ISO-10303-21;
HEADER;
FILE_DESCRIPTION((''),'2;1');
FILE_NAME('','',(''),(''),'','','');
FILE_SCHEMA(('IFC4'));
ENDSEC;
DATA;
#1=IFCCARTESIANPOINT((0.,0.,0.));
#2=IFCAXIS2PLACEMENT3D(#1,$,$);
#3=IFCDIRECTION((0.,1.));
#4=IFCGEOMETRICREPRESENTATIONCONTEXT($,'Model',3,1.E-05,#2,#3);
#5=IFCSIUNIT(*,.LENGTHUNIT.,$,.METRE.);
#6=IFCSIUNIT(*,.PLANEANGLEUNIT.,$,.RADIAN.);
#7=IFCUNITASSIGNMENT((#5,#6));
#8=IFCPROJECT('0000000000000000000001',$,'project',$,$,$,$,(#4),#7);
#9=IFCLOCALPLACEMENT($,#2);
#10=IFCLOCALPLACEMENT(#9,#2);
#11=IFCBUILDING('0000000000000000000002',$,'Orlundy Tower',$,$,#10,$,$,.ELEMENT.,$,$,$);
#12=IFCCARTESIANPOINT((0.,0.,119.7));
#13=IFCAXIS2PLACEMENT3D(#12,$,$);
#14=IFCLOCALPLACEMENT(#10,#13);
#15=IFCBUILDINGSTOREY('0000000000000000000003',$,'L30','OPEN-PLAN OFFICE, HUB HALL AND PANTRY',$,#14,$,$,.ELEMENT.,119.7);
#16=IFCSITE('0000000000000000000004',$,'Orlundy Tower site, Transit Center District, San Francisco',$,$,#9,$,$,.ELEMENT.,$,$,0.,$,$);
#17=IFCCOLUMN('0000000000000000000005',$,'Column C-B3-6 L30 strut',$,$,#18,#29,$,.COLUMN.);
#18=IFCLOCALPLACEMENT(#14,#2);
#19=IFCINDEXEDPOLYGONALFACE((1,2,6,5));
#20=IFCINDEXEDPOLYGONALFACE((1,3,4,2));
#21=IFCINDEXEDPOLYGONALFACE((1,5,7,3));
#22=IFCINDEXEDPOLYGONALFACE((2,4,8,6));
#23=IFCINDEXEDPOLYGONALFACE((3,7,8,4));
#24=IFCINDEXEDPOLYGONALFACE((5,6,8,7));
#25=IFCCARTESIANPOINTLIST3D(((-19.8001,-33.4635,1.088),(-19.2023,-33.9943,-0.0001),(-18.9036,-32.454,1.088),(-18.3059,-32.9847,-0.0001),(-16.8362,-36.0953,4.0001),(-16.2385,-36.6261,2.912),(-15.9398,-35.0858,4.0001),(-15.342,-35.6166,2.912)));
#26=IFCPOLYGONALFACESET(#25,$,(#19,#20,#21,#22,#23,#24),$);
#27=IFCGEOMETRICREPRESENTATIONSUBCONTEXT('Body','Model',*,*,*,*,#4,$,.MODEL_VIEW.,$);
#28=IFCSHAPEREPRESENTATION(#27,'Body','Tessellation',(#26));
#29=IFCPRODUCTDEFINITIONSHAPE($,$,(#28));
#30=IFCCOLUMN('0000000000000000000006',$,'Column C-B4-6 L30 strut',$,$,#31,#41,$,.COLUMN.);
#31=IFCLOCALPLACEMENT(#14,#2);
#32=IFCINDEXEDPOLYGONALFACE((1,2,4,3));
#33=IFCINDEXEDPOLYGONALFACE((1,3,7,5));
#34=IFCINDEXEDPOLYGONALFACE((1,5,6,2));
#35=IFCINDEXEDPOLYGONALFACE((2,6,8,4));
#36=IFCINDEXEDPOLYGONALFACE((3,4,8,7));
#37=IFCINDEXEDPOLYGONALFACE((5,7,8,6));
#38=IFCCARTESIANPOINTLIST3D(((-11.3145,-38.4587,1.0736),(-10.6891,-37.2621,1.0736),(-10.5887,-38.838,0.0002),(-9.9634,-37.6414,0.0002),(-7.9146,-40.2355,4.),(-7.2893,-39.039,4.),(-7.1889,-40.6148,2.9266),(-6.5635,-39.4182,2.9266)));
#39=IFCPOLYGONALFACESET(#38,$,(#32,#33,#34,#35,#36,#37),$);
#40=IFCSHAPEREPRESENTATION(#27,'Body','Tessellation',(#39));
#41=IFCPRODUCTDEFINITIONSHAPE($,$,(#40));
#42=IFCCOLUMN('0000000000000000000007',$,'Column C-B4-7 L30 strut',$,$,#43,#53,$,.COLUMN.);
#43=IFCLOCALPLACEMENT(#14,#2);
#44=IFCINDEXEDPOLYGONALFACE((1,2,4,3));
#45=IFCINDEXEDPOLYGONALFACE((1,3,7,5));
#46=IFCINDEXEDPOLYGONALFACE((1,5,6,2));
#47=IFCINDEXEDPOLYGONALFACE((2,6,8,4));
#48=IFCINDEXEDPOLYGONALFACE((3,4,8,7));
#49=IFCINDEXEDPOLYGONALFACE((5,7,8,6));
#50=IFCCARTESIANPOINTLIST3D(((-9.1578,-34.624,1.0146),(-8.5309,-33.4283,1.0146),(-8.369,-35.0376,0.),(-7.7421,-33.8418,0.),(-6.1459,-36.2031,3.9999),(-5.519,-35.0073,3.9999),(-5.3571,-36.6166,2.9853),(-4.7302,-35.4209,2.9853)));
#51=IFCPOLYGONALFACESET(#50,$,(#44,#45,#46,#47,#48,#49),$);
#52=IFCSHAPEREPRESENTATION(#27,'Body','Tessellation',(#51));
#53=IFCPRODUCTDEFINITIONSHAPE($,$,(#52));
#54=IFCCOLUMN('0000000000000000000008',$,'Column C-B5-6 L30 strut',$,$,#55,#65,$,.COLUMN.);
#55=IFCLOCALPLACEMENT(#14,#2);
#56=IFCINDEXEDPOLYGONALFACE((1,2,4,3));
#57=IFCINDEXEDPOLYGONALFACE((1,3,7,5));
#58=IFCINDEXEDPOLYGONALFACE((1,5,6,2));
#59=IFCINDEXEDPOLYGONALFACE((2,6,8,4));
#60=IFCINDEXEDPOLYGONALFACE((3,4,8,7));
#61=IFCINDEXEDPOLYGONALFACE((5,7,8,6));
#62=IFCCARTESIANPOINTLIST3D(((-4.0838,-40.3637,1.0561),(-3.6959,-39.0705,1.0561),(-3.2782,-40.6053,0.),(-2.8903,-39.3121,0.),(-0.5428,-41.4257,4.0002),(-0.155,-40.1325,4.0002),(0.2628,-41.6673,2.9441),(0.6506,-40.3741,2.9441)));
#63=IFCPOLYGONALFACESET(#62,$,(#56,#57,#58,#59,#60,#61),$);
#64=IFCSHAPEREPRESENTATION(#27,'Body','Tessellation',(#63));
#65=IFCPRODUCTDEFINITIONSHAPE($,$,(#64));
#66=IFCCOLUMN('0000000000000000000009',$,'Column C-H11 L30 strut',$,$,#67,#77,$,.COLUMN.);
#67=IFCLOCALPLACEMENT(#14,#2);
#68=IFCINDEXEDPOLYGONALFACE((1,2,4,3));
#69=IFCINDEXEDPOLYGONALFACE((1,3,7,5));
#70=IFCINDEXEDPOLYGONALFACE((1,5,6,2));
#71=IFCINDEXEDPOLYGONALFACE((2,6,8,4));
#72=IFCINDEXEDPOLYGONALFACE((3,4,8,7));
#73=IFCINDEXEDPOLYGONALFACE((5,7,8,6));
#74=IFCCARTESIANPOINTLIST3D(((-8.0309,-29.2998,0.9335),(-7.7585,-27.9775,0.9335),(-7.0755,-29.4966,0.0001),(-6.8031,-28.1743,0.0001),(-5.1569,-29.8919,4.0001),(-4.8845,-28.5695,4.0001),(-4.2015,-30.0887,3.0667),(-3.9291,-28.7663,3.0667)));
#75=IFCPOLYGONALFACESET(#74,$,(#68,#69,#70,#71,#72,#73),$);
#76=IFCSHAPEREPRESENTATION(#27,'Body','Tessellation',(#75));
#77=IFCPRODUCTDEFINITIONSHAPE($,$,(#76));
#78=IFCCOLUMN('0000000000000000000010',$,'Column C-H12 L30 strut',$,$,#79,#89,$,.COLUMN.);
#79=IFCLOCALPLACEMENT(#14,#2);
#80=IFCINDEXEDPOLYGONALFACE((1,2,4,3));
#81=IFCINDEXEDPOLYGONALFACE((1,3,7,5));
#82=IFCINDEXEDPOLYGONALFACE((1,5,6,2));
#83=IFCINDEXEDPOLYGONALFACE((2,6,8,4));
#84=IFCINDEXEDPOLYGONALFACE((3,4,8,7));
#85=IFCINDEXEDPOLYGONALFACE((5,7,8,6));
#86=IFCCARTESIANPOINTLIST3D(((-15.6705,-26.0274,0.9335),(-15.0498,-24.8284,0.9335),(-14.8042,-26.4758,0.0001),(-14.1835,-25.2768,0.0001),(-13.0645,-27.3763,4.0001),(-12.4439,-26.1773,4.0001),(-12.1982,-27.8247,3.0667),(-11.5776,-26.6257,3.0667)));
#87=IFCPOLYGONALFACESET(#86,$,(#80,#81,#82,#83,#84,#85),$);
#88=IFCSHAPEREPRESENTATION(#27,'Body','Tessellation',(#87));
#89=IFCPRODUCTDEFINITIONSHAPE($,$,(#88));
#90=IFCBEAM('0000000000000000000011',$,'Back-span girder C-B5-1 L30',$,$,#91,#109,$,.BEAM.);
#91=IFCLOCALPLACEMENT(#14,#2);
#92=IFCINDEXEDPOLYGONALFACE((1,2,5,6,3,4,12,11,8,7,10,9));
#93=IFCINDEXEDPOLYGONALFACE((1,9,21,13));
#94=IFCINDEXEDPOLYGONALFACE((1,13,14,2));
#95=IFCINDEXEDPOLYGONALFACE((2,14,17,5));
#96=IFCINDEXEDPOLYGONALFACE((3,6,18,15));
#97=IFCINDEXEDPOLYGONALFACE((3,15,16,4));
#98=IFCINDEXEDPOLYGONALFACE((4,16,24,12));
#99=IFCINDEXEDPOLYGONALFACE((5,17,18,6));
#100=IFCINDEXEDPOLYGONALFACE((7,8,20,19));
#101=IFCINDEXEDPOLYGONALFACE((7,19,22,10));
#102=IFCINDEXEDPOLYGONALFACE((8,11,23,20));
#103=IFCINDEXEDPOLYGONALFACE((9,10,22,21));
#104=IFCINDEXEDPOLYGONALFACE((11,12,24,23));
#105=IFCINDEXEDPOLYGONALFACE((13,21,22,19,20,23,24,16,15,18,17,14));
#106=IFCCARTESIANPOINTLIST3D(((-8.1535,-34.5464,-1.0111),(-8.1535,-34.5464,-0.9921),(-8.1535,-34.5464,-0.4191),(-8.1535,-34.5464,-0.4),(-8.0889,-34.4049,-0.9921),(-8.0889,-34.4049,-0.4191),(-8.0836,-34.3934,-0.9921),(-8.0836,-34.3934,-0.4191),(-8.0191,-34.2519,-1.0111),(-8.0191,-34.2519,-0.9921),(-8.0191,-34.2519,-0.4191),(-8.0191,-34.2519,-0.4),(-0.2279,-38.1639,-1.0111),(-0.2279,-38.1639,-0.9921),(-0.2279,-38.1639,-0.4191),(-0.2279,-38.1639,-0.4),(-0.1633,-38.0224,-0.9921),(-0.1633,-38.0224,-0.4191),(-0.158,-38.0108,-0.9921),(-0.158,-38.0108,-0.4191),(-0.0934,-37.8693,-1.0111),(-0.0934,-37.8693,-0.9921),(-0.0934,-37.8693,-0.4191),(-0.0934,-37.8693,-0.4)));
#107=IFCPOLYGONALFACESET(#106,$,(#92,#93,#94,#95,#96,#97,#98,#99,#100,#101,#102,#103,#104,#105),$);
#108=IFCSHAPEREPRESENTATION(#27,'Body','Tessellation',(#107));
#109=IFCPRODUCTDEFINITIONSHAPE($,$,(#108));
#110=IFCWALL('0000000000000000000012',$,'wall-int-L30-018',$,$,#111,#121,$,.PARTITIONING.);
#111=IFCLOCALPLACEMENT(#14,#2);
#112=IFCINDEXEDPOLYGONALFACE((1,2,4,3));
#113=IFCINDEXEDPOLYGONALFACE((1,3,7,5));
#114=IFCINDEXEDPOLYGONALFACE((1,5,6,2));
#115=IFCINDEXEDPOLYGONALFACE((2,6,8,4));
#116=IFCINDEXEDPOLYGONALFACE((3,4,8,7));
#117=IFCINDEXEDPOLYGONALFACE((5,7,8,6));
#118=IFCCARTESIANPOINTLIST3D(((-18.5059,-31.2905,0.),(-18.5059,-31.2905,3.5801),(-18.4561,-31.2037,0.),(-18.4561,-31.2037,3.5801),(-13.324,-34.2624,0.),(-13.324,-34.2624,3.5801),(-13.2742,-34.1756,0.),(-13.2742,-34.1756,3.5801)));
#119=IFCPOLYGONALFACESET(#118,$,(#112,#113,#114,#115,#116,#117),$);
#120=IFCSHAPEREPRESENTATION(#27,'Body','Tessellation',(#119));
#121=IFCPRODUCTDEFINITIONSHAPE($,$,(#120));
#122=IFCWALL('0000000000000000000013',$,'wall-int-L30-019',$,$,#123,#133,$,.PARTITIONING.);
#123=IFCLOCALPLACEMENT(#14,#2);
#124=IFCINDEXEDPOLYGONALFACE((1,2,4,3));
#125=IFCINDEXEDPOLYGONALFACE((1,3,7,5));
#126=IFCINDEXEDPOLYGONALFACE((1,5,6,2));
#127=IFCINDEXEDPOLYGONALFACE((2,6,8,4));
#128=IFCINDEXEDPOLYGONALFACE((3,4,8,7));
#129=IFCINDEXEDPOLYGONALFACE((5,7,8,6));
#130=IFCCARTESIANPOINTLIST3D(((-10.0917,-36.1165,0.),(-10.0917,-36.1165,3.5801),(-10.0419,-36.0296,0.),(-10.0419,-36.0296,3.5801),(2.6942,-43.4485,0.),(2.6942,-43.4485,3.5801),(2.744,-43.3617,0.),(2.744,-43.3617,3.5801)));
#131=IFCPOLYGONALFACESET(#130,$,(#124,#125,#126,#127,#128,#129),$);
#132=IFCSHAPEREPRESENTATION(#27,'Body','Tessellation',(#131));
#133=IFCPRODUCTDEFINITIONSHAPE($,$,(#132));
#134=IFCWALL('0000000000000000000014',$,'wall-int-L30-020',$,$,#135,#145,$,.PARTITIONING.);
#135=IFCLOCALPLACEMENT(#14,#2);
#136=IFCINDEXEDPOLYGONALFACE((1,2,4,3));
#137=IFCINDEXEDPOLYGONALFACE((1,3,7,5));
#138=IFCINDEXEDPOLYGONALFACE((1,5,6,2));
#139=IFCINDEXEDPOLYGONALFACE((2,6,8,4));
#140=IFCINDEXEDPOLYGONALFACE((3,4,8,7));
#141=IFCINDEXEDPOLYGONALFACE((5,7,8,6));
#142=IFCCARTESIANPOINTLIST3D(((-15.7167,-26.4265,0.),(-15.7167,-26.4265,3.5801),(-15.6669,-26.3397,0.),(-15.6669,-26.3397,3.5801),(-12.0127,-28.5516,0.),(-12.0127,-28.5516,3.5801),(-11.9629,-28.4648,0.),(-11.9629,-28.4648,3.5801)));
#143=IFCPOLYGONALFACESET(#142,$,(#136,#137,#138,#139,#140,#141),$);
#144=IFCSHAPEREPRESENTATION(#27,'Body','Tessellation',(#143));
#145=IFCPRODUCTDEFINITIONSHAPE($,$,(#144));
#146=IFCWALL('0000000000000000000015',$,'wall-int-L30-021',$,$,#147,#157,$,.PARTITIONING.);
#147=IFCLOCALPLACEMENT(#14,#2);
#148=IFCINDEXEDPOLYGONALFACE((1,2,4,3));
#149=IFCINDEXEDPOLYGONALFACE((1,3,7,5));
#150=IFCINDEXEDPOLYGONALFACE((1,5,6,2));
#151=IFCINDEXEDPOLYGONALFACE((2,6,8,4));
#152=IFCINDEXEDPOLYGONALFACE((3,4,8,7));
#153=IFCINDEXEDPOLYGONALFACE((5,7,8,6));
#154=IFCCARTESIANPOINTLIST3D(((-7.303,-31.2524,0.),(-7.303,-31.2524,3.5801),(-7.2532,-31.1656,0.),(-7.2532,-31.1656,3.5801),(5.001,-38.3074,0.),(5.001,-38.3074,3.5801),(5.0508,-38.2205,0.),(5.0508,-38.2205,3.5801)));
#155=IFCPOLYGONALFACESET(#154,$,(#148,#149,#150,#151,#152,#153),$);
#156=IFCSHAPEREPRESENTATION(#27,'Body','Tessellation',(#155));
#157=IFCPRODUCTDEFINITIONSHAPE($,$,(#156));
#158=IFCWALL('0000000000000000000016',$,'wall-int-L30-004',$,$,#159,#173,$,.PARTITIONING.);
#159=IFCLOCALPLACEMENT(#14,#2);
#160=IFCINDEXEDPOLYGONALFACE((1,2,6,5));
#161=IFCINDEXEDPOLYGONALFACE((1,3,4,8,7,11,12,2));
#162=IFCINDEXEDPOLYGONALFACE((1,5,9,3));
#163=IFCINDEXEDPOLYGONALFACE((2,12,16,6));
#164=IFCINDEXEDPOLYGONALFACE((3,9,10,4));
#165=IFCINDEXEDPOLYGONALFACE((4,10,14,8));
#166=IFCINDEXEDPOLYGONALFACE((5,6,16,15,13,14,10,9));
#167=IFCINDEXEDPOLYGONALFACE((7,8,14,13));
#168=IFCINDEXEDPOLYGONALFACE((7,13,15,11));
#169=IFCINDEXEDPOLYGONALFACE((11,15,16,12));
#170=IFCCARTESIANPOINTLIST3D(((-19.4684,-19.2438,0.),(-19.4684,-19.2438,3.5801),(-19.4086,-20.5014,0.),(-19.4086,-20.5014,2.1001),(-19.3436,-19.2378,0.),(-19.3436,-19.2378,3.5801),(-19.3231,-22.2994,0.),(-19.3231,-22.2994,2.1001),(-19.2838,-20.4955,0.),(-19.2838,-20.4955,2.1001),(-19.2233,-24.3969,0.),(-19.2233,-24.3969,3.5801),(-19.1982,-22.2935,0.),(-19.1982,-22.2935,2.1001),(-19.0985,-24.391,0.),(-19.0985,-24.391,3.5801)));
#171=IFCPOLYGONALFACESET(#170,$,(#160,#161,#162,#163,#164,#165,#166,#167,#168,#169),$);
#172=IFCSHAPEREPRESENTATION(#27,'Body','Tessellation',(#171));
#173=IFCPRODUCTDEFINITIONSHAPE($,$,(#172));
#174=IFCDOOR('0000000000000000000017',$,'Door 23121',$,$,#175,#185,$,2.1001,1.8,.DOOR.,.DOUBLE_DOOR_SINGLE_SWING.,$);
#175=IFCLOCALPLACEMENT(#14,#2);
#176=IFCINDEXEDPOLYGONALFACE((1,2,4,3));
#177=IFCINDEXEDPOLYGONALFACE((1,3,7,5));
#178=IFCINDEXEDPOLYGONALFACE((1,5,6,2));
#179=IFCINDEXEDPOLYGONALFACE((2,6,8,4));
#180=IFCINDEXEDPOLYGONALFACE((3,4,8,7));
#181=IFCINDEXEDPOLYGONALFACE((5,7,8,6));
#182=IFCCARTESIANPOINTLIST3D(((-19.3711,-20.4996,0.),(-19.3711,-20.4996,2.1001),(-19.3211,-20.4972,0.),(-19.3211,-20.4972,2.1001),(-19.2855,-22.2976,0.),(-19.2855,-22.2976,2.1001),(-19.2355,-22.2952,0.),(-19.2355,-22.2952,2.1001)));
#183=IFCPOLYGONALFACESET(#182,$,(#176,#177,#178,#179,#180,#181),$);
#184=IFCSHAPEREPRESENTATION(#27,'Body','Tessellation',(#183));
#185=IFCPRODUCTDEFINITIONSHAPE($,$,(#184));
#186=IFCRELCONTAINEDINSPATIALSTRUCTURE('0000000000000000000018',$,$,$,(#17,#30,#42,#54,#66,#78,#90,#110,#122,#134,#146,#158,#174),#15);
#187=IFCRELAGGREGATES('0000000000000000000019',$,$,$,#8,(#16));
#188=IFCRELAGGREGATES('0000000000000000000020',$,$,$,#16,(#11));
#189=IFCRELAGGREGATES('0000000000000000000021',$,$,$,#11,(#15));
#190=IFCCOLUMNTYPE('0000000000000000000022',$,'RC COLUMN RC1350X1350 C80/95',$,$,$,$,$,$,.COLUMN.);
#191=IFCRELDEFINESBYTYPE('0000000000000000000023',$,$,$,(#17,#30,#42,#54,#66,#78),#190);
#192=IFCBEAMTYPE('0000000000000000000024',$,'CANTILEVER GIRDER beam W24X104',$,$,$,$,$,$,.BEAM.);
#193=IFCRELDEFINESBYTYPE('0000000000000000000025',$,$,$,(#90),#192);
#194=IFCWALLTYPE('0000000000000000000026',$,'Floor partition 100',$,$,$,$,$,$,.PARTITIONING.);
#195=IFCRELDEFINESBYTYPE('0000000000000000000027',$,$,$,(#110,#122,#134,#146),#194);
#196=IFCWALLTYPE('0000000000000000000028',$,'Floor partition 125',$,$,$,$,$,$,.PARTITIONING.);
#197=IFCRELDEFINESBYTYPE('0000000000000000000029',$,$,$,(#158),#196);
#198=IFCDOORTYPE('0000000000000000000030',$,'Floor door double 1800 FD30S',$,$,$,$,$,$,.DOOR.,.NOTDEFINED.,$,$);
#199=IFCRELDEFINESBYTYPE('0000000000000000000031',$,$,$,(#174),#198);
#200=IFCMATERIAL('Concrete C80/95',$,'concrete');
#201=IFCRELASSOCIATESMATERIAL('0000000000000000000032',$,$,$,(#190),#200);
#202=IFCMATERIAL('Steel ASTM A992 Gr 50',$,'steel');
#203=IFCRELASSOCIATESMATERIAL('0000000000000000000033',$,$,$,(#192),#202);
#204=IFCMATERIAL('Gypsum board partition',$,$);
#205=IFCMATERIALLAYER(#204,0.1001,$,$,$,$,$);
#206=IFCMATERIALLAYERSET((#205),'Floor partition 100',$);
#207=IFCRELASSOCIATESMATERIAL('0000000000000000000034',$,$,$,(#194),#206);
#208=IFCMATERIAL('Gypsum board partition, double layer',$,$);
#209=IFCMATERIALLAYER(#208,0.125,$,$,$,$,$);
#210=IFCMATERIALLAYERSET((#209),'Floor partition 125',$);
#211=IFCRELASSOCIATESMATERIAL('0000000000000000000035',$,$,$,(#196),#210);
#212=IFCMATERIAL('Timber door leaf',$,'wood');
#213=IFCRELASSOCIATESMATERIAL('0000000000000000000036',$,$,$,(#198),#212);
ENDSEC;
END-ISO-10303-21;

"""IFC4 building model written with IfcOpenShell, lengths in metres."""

from ifc_helpers import new_model, si_unit, direction, frame, frame_2d, origin, origin_2d, place, context, subcontext, project, spatial, rectangle, i_section, extrude, material, layer, layer_set, material_profile, profile_set, type_object, element, fill, save


model = new_model("IFC4")

# Units and contexts
model_context = context("Model", 3, precision=1e-05, world=origin(), true_north=direction((0.0, 1.0)))
body_context = subcontext(model_context, "Body", "Model", "MODEL_VIEW")
ifc_project = project(units=[si_unit("LENGTHUNIT", "METRE"), si_unit("PLANEANGLEUNIT", "RADIAN")], contexts=[model_context])

# Site, building, storey
site_placement = place(None, origin())
site = spatial("IfcSite", under=ifc_project, at=site_placement, Name="Orlundy Tower site, Transit Center District, San Francisco", CompositionType="ELEMENT", RefElevation=0.0)
building_placement = place(site_placement, origin())
building = spatial("IfcBuilding", under=site, at=building_placement, Name="Orlundy Tower", CompositionType="ELEMENT")
storey_placement = place(building_placement, frame((0.0, 0.0, 119.7)))
storey = spatial("IfcBuildingStorey", under=building, at=storey_placement, Name="L30", Description="OPEN-PLAN OFFICE, HUB HALL AND PANTRY", CompositionType="ELEMENT", Elevation=119.7)

# Columns
ifc_material_1 = material(Name="Concrete C80/95", Category="concrete")
ifc_material_profile_1 = material_profile(ifc_material_1, rectangle(XDim=1.3501, YDim=1.3501, at=origin_2d()), Name="RC1350X1350")
ifc_profile_set_1 = profile_set([ifc_material_profile_1], Name="Concrete C80/95")
column_type = type_object("IfcColumnType", Name="RC COLUMN RC1350X1350 C80/95", PredefinedType="COLUMN", material=ifc_profile_set_1)
column_1_placement = place(storey_placement, frame((-19.053, -33.2241, 0.5439), z_axis=(0.602598, -0.535091, 0.592075), x_axis=(0.663981, 0.747749, 0.0)))
element("IfcColumn", 1, at=column_1_placement, inside=storey, type_object=column_type, Name="Column C-B3-6 L30 strut", PredefinedType="COLUMN", context=body_context, shape_type="SweptSolid", body=[
    extrude(rectangle(XDim=1.3501, YDim=1.3501, at=origin_2d()), origin(), (0.0, 0.0, 1.0), 4.9185),
])
column_2_placement = place(storey_placement, frame((-10.6389, -38.05, 0.5369), z_axis=(0.704637, -0.368257, 0.606526), x_axis=(0.463179, 0.886265, 0.0)))
element("IfcColumn", 2, at=column_2_placement, inside=storey, type_object=column_type, Name="Column C-B4-6 L30 strut", PredefinedType="COLUMN", context=body_context, shape_type="SweptSolid", body=[
    extrude(rectangle(XDim=1.3501, YDim=1.3501, at=origin_2d()), origin(), (0.0, 0.0, 1.0), 4.825),
])
column_3_placement = place(storey_placement, frame((-8.45, -34.2329, 0.5073), z_axis=(0.665592, -0.348954, 0.659711), x_axis=(0.464332, 0.885661, 0.0)))
element("IfcColumn", 3, at=column_3_placement, inside=storey, type_object=column_type, Name="Column C-B4-7 L30 strut", PredefinedType="COLUMN", context=body_context, shape_type="SweptSolid", body=[
    extrude(rectangle(XDim=1.3501, YDim=1.3501, at=origin_2d()), origin(), (0.0, 0.0, 1.0), 4.5251),
])
column_4_placement = place(storey_placement, frame((-3.4871, -39.8379, 0.5281), z_axis=(0.749275, -0.224721, 0.622967), x_axis=(0.287275, 0.957848, 0.0)))
element("IfcColumn", 4, at=column_4_placement, inside=storey, type_object=column_type, Name="Column C-B5-6 L30 strut", PredefinedType="COLUMN", context=body_context, shape_type="SweptSolid", body=[
    extrude(rectangle(XDim=1.3501, YDim=1.3501, at=origin_2d()), origin(), (0.0, 0.0, 1.0), 4.7258),
])
for number, where, z_axis, x_axis, name in (
    (5, (-7.417, -28.7371, 0.4668), (0.677134, -0.139488, 0.722518), (0.201761, 0.979435, 0.0), "Column C-H11 L30 strut"),
    (6, (-14.927, -25.6521, 0.4668), (0.613977, -0.317802, 0.722519), (0.459683, 0.888083, 0.0), "Column C-H12 L30 strut"),
):
    element("IfcColumn", number, at=place(storey_placement, frame(where, z_axis=z_axis, x_axis=x_axis)), inside=storey, type_object=column_type, Name=name, PredefinedType="COLUMN", context=body_context, shape_type="SweptSolid", body=[
        extrude(rectangle(XDim=1.3501, YDim=1.3501, at=origin_2d()), origin(), (0.0, 0.0, 1.0), 4.2444),
    ])

# Beam
ifc_material_2 = material(Name="Steel ASTM A992 Gr 50", Category="steel")
ifc_material_profile_2 = material_profile(ifc_material_2, i_section(OverallWidth=0.3237, OverallDepth=0.6111, WebThickness=0.0127, FlangeThickness=0.019, at=origin_2d()), Name="W24X104")
ifc_profile_set_2 = profile_set([ifc_material_profile_2], Name="Steel ASTM A992 Gr 50")
beam_type = type_object("IfcBeamType", Name="CANTILEVER GIRDER beam W24X104", PredefinedType="BEAM", material=ifc_profile_set_2)
beam_placement = place(storey_placement, frame((-0.1606, -38.0166, -0.7056), z_axis=(-0.90972, 0.415221, 0.0), x_axis=(-0.415221, -0.90972, 0.0)))
element("IfcBeam", 7, at=beam_placement, inside=storey, type_object=beam_type, Name="Back-span girder C-B5-1 L30", PredefinedType="BEAM", context=body_context, shape_type="SweptSolid", body=[
    extrude(i_section(OverallWidth=0.3237, OverallDepth=0.6111, WebThickness=0.0127, FlangeThickness=0.019, at=origin_2d()), origin(), (0.0, 0.0, 1.0), 8.7122),
])

# Walls
ifc_material_3 = material(Name="Gypsum board partition")
ifc_layer_1 = layer(ifc_material_3, 0.1001)
ifc_layer_set_1 = layer_set([ifc_layer_1], Name="Floor partition 100")
wall_type_1 = type_object("IfcWallType", Name="Floor partition 100", PredefinedType="PARTITIONING", material=ifc_layer_set_1)
wall_1_placement = place(storey_placement, frame((-18.481, -31.2471, 0.0), z_axis=(0.0, 0.0, 1.0), x_axis=(0.86746, -0.497507, 0.0)))
element("IfcWall", 8, at=wall_1_placement, inside=storey, type_object=wall_type_1, Name="wall-int-L30-018", PredefinedType="PARTITIONING", context=body_context, shape_type="SweptSolid", body=[
    extrude(rectangle(XDim=5.9736, YDim=0.1001, at=frame_2d((2.9868, 0.0))), origin(), (0.0, 0.0, 1.0), 3.5801),
])
wall_2_placement = place(storey_placement, frame((-10.0669, -36.073, 0.0), z_axis=(0.0, 0.0, 1.0), x_axis=(0.867488, -0.497458, 0.0)))
element("IfcWall", 9, at=wall_2_placement, inside=storey, type_object=wall_type_1, Name="wall-int-L30-019", PredefinedType="PARTITIONING", context=body_context, shape_type="SweptSolid", body=[
    extrude(rectangle(XDim=14.739, YDim=0.1001, at=frame_2d((7.3696, 0.0))), origin(), (0.0, 0.0, 1.0), 3.5801),
])
wall_3_placement = place(storey_placement, frame((-15.6919, -26.3831, 0.0), z_axis=(0.0, 0.0, 1.0), x_axis=(0.867383, -0.497641, 0.0)))
element("IfcWall", 10, at=wall_3_placement, inside=storey, type_object=wall_type_1, Name="wall-int-L30-020", PredefinedType="PARTITIONING", context=body_context, shape_type="SweptSolid", body=[
    extrude(rectangle(XDim=4.2703, YDim=0.1001, at=frame_2d((2.1353, 0.0))), origin(), (0.0, 0.0, 1.0), 3.5801),
])
wall_4_placement = place(storey_placement, frame((-7.2781, -31.209, 0.0), z_axis=(0.0, 0.0, 1.0), x_axis=(0.86751, -0.497419, 0.0)))
element("IfcWall", 11, at=wall_4_placement, inside=storey, type_object=wall_type_1, Name="wall-int-L30-021", PredefinedType="PARTITIONING", context=body_context, shape_type="SweptSolid", body=[
    extrude(rectangle(XDim=14.1831, YDim=0.1001, at=frame_2d((7.0916, 0.0))), origin(), (0.0, 0.0, 1.0), 3.5801),
])

# Wall, opening, door
ifc_material_4 = material(Name="Gypsum board partition, double layer")
ifc_layer_2 = layer(ifc_material_4, 0.125)
ifc_layer_set_2 = layer_set([ifc_layer_2], Name="Floor partition 125")
wall_type_2 = type_object("IfcWallType", Name="Floor partition 125", PredefinedType="PARTITIONING", material=ifc_layer_set_2)
wall_5_placement = place(storey_placement, frame((-19.1609, -24.394, 0.0), z_axis=(0.0, 0.0, 1.0), x_axis=(-0.047513, 0.998871, 0.0)))
wall_5 = element("IfcWall", 12, at=wall_5_placement, inside=storey, type_object=wall_type_2, Name="wall-int-L30-004", PredefinedType="PARTITIONING", context=body_context, shape_type="SweptSolid", body=[
    extrude(rectangle(XDim=5.1589, YDim=0.125, at=frame_2d((2.5796, 0.0))), origin(), (0.0, 0.0, 1.0), 3.5801),
])
opening_1_placement = place(wall_5_placement, frame((2.1001, 0.0, 0.0)))
opening_1 = element("IfcOpeningElement", 13, at=opening_1_placement, cuts=wall_5, PredefinedType="OPENING", context=body_context, shape_type="SweptSolid", body=[
    extrude(rectangle(XDim=1.8, YDim=2.1001, at=frame_2d((0.8999, 1.05))), frame((0.0, 0.0725, 0.0), z_axis=(0.0, -1.0, 0.0), x_axis=(1.0, 0.0, 0.0)), (0.0, 0.0, 1.0), 0.145),
])
ifc_material_5 = material(Name="Timber door leaf", Category="wood")
door_type_1 = type_object("IfcDoorType", Name="Floor door double 1800 FD30S", OperationType="NOTDEFINED", PredefinedType="DOOR", material=ifc_material_5)
door_1_placement = place(opening_1_placement, origin())
door_1 = element("IfcDoor", 14, at=door_1_placement, inside=storey, type_object=door_type_1, Name="Door 23121", OperationType="DOUBLE_DOOR_SINGLE_SWING", OverallHeight=2.1001, OverallWidth=1.8, PredefinedType="DOOR", context=body_context, shape_type="SweptSolid", body=[
    extrude(rectangle(XDim=1.8, YDim=2.1001, at=frame_2d((0.8999, 1.05))), frame((0.0, 0.0249, 0.0), z_axis=(0.0, -1.0, 0.0), x_axis=(1.0, 0.0, 0.0)), (0.0, 0.0, 1.0), 0.05),
])
fill(opening_1, door_1)

save(model, "model.ifc")
